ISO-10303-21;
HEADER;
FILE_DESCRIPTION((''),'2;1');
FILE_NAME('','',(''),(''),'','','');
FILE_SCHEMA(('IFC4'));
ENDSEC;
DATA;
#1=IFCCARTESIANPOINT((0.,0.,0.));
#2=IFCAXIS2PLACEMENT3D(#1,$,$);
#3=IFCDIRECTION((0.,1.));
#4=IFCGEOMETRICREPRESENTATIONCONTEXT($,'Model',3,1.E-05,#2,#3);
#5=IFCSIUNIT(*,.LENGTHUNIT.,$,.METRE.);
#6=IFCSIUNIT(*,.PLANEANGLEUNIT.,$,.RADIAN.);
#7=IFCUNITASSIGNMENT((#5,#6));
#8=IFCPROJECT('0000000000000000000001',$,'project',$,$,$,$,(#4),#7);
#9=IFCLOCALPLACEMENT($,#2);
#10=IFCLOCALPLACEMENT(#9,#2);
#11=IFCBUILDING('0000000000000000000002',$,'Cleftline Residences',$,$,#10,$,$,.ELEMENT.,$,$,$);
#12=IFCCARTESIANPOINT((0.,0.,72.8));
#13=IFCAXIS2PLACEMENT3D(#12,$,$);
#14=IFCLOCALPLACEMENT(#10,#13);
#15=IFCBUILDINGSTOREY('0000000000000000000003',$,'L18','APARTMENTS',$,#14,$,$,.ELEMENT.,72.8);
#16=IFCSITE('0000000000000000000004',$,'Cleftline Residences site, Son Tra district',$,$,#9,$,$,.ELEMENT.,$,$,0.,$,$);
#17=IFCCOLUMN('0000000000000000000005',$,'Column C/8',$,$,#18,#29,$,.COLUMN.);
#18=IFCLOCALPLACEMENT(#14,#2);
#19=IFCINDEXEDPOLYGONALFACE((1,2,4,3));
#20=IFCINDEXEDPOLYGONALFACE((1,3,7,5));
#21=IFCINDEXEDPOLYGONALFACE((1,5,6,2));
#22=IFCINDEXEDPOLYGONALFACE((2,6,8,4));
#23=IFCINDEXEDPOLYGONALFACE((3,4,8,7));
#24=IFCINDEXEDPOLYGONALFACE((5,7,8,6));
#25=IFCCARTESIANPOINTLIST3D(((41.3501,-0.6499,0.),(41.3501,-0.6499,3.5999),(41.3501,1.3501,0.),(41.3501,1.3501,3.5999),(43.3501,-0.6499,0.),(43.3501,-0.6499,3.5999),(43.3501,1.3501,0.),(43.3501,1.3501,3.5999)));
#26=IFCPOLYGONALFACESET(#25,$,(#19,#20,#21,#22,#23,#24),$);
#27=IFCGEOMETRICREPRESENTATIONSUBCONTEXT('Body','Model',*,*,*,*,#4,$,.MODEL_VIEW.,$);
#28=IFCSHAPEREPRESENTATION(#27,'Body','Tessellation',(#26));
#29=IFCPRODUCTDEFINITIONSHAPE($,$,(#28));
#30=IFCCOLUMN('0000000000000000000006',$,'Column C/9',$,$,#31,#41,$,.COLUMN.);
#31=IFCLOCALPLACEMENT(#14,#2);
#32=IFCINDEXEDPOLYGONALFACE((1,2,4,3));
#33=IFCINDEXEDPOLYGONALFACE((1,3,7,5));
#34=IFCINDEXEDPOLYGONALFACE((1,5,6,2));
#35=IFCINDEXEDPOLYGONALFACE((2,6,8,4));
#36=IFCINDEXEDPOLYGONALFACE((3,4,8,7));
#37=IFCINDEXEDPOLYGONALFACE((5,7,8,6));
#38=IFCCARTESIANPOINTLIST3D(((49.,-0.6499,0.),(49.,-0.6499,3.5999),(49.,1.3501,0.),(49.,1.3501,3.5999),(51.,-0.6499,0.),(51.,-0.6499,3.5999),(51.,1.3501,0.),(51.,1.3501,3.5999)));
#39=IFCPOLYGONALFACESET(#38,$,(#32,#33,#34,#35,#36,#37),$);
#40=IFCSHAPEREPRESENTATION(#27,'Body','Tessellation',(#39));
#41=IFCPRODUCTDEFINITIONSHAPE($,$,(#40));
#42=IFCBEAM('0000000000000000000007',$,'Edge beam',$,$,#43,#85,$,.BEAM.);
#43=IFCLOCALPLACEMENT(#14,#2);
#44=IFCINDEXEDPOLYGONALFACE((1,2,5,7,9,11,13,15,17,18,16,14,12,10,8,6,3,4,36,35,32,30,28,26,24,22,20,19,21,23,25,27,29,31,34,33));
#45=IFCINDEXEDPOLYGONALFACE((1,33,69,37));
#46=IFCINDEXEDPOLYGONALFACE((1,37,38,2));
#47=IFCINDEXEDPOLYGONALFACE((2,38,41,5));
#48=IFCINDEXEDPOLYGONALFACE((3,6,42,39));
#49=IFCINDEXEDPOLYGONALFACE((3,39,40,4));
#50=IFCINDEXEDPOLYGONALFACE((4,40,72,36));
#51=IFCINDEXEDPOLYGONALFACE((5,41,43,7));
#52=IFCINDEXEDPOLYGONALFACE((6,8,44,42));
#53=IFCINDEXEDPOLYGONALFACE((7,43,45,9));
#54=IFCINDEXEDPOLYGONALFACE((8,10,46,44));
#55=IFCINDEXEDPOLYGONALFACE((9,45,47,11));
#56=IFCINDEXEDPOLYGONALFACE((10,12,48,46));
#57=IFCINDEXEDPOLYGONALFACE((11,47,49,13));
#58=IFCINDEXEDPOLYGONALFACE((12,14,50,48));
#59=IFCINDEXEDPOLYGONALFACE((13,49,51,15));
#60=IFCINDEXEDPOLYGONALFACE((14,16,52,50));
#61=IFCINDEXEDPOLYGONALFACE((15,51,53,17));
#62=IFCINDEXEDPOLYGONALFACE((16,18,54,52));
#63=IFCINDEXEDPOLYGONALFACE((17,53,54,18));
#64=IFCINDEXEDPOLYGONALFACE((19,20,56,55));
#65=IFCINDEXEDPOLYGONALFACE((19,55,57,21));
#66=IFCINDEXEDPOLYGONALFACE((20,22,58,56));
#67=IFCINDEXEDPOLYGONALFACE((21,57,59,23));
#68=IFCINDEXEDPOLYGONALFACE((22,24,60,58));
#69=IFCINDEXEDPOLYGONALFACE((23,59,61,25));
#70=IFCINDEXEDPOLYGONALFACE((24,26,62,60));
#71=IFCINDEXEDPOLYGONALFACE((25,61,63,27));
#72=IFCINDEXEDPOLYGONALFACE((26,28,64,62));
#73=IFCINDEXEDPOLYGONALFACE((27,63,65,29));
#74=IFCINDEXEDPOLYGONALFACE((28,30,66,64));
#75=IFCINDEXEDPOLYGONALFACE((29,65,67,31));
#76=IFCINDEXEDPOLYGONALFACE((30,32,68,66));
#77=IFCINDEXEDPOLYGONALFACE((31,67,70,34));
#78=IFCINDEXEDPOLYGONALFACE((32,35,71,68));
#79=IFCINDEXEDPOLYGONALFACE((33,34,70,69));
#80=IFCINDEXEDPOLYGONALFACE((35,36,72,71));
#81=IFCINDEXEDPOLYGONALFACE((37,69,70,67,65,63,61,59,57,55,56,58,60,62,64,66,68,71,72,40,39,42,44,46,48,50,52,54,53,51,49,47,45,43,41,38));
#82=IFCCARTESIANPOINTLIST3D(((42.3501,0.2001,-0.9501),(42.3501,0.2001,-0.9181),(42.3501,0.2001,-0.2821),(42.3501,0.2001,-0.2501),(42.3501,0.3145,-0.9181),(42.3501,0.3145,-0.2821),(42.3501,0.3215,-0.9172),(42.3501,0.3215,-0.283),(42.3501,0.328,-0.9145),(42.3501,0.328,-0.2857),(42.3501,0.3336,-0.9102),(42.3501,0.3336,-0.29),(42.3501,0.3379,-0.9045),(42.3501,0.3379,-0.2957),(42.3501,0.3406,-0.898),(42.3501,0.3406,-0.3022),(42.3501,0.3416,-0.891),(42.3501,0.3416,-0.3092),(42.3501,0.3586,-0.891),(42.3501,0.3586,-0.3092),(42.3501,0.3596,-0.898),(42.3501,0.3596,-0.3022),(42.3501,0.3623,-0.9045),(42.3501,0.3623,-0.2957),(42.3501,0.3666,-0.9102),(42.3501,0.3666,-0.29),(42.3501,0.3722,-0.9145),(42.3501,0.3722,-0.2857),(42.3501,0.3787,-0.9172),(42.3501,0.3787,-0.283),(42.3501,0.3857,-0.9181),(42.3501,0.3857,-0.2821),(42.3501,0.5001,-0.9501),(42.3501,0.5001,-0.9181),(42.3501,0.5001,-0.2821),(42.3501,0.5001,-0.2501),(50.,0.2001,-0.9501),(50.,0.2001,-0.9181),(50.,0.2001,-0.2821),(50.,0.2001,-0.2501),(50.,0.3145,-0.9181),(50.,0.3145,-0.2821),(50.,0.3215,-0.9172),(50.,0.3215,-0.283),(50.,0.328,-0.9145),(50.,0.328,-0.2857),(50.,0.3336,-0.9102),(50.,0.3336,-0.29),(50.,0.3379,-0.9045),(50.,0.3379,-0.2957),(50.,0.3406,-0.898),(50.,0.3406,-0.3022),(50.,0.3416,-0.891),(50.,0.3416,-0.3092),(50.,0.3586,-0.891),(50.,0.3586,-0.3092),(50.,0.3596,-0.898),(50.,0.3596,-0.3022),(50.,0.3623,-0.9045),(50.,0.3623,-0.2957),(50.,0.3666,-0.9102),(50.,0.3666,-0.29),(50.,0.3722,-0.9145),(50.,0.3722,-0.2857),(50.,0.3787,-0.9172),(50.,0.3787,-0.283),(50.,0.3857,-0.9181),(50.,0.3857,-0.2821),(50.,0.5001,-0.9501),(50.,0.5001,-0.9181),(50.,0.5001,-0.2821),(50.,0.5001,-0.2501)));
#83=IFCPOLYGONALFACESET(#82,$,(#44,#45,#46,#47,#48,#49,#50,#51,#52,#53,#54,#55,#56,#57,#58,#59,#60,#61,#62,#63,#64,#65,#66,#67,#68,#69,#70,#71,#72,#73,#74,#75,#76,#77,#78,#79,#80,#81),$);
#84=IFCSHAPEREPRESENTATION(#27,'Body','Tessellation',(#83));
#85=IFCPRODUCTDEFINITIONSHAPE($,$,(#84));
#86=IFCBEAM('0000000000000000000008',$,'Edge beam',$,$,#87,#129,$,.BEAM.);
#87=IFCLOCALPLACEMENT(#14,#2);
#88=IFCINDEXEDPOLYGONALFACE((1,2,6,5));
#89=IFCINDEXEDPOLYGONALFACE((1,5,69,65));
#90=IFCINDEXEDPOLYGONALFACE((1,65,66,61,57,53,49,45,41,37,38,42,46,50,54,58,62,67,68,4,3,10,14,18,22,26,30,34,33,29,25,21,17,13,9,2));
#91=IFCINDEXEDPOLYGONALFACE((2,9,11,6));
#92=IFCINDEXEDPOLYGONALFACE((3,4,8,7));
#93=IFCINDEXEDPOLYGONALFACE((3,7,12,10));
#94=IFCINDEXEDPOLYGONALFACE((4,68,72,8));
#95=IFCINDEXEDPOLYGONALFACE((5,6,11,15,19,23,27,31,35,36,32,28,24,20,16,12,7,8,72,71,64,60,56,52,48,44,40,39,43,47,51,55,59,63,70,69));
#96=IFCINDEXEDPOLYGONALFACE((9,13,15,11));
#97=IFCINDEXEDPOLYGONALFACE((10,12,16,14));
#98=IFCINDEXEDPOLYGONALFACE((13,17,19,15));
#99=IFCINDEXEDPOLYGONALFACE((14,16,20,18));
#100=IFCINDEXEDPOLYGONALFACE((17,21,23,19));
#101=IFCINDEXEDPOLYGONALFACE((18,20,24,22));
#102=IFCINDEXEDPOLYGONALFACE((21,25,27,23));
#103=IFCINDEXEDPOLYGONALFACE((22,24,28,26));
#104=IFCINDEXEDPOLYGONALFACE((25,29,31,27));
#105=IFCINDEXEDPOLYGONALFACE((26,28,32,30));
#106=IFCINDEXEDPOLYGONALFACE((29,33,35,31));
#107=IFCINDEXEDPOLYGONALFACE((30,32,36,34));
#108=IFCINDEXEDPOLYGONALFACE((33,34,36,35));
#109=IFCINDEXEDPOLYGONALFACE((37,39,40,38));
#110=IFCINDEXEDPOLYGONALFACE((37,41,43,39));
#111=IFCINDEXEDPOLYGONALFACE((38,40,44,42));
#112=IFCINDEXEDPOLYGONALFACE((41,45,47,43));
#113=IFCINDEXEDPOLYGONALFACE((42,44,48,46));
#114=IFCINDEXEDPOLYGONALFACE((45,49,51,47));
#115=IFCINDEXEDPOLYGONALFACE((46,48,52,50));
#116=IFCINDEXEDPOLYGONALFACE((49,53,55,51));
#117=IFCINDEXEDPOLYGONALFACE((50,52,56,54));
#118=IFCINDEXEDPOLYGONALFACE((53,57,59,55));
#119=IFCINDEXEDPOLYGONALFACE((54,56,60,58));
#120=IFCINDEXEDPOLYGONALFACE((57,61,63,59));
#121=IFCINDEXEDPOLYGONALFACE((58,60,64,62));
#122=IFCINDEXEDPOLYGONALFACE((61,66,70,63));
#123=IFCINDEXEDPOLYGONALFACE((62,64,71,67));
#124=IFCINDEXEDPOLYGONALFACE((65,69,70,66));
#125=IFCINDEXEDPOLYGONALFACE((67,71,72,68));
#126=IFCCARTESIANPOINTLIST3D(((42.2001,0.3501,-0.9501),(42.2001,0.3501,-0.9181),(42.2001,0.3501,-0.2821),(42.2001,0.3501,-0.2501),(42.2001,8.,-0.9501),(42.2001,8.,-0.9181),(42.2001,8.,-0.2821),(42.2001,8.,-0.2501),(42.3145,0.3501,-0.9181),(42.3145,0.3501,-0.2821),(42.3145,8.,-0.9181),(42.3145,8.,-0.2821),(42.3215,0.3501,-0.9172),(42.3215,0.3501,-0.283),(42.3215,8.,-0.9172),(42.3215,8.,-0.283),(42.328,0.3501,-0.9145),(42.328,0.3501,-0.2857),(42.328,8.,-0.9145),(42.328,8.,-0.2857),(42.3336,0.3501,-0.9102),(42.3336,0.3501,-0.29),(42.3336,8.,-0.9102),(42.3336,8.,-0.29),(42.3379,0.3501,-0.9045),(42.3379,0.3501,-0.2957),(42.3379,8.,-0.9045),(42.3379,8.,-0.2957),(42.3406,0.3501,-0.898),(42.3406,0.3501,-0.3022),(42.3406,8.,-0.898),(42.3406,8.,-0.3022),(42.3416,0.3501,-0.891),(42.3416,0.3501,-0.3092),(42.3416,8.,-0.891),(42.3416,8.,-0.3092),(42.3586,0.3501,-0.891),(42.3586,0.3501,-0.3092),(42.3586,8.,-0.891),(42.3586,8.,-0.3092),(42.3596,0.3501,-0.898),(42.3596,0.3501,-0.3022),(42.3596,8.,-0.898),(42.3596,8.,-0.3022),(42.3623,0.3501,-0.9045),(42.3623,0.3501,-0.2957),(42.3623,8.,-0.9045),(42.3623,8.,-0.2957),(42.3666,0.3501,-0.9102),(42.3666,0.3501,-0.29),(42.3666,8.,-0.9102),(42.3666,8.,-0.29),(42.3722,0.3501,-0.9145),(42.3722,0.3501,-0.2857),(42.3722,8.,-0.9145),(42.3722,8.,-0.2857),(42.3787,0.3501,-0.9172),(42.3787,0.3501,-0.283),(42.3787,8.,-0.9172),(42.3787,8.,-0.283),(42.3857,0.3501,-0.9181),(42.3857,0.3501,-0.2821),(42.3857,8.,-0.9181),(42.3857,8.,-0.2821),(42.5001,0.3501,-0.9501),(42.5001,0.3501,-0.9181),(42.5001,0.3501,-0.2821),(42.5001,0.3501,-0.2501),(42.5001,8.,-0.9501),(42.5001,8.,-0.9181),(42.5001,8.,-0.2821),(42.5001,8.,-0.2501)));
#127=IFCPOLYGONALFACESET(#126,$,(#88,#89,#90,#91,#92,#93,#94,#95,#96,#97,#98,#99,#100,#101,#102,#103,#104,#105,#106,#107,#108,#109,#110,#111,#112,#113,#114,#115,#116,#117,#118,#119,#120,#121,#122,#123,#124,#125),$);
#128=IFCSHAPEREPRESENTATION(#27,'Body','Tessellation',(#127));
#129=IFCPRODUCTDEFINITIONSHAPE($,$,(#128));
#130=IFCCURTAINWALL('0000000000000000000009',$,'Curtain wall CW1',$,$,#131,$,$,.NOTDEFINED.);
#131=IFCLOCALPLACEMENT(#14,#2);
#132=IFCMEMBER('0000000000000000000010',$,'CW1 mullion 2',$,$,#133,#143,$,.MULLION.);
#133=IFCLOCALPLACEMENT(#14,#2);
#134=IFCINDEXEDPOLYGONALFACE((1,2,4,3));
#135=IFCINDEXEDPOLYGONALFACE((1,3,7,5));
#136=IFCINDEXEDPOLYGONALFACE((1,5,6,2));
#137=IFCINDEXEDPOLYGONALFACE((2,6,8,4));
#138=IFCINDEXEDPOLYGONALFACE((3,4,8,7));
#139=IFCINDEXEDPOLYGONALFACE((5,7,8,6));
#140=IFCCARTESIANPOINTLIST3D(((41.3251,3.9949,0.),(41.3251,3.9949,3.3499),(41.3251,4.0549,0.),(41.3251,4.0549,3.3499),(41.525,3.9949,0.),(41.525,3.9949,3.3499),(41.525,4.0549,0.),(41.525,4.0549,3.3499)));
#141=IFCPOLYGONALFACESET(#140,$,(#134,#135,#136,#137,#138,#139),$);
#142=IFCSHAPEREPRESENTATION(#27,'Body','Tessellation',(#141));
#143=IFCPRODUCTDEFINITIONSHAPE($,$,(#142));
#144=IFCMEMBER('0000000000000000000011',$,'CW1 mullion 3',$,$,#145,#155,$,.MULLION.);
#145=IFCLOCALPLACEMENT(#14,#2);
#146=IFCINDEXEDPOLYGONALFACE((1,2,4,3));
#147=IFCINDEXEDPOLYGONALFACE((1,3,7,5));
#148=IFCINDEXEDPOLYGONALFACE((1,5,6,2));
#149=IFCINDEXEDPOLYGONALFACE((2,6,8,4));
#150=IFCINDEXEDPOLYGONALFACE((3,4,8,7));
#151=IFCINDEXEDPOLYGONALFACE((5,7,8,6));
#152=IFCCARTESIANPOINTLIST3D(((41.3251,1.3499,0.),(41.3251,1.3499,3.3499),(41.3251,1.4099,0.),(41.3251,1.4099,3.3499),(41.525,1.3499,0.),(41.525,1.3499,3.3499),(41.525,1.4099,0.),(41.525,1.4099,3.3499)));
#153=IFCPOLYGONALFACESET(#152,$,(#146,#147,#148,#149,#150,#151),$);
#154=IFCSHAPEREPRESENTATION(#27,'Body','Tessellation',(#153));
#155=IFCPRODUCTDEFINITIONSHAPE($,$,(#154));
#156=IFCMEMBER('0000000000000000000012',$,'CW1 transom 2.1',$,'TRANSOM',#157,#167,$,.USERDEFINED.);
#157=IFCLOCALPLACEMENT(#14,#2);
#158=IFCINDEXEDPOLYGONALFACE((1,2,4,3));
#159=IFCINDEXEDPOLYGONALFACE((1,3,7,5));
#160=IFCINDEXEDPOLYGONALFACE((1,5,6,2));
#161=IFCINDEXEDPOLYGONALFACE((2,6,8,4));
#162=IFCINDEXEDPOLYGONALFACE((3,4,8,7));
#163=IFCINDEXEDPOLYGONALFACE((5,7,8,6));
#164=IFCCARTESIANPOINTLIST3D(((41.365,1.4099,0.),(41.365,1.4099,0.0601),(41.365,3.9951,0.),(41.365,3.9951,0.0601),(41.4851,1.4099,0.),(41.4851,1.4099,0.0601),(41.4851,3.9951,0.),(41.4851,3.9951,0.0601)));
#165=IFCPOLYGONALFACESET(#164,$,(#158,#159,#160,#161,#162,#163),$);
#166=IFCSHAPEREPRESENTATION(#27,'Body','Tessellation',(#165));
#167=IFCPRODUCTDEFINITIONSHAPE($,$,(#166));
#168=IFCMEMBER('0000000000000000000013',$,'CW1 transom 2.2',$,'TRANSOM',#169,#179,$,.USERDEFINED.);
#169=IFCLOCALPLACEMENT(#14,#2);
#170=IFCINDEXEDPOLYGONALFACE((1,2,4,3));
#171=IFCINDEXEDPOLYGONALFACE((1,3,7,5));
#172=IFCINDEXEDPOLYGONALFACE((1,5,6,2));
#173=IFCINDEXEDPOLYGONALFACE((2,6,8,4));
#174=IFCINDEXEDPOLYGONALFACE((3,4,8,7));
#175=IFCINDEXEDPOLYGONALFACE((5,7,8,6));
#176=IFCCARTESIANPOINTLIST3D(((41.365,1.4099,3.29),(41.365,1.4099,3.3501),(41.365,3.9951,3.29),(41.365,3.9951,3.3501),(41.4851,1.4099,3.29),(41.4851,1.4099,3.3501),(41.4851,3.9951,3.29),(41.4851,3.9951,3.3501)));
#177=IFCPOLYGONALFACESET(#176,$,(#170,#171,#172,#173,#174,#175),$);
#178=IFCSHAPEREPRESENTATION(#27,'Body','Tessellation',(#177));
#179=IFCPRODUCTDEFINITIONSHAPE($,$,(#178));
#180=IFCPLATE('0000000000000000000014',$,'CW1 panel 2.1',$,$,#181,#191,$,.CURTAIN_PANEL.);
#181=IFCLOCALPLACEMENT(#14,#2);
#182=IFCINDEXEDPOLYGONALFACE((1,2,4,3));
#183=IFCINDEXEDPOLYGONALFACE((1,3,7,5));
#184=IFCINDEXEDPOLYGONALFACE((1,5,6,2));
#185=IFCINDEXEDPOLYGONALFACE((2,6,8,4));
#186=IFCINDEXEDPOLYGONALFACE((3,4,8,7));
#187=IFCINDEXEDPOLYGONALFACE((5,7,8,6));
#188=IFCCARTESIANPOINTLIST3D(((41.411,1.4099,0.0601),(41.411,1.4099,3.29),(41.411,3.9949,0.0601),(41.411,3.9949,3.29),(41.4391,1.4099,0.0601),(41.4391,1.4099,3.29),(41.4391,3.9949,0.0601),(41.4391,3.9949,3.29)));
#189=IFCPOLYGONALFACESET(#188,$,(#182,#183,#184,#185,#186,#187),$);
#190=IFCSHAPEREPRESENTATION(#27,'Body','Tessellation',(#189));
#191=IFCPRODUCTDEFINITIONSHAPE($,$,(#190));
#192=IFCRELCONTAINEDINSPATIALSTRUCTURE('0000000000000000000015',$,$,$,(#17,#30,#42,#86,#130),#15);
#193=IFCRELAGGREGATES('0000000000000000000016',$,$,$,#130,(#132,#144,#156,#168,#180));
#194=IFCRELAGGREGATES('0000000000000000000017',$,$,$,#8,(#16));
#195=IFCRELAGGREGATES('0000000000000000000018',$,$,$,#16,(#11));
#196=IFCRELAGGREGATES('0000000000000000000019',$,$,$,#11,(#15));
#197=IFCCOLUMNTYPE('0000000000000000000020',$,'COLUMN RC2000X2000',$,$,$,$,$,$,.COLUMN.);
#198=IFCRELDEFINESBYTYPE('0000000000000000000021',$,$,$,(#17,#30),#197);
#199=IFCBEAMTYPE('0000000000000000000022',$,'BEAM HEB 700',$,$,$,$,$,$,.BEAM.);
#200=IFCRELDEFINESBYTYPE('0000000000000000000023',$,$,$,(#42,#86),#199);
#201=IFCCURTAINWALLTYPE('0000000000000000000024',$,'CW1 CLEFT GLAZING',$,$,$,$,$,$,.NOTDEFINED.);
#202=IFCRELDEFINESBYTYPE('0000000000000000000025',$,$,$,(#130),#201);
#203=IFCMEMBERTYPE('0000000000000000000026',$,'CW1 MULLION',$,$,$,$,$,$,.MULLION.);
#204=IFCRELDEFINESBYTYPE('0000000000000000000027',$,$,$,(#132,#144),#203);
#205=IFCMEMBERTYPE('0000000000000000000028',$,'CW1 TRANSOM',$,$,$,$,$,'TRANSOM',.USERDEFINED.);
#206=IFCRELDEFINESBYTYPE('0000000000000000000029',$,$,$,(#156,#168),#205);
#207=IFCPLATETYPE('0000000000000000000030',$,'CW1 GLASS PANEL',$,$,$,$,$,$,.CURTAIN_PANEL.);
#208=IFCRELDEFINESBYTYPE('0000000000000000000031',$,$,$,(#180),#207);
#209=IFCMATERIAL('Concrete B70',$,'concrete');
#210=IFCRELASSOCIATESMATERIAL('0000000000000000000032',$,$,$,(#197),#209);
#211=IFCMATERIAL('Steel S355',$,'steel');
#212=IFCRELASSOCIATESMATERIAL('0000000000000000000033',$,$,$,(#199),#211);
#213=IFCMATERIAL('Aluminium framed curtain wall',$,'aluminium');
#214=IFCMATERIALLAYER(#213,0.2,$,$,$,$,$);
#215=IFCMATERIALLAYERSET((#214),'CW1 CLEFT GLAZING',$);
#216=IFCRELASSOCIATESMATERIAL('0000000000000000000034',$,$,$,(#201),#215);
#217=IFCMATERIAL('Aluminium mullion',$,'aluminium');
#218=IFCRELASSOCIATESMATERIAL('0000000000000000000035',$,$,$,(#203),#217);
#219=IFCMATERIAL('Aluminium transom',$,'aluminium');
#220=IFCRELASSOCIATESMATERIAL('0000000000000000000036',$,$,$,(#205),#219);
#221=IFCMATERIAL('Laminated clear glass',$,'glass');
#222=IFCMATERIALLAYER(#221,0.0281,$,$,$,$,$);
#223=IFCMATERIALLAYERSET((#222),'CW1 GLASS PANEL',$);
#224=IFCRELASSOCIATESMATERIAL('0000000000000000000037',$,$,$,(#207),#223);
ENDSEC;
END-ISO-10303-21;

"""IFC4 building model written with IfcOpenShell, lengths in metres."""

from ifc_helpers import new_model, si_unit, direction, frame, origin, origin_2d, place, context, subcontext, project, spatial, rectangle, i_section, extrude, material, layer, layer_set, material_profile, profile_set, type_object, element, aggregate, save


model = new_model("IFC4")

# Units and contexts
model_context = context("Model", 3, precision=1e-05, world=origin(), true_north=direction((0.0, 1.0)))
body_context = subcontext(model_context, "Body", "Model", "MODEL_VIEW")
ifc_project = project(units=[si_unit("LENGTHUNIT", "METRE"), si_unit("PLANEANGLEUNIT", "RADIAN")], contexts=[model_context])

# Site, building, storey
site_placement = place(None, origin())
site = spatial("IfcSite", under=ifc_project, at=site_placement, Name="Cleftline Residences site, Son Tra district", CompositionType="ELEMENT", RefElevation=0.0)
building_placement = place(site_placement, origin())
building = spatial("IfcBuilding", under=site, at=building_placement, Name="Cleftline Residences", CompositionType="ELEMENT")
storey_placement = place(building_placement, frame((0.0, 0.0, 72.8)))
storey = spatial("IfcBuildingStorey", under=building, at=storey_placement, Name="L18", Description="APARTMENTS", CompositionType="ELEMENT", Elevation=72.8)

# Columns
ifc_material_1 = material(Name="Concrete B70", Category="concrete")
ifc_material_profile_1 = material_profile(ifc_material_1, rectangle(XDim=2.0, YDim=2.0, at=origin_2d()))
ifc_profile_set_1 = profile_set([ifc_material_profile_1], Name="Concrete B70")
column_type = type_object("IfcColumnType", Name="COLUMN RC2000X2000", PredefinedType="COLUMN", material=ifc_profile_set_1)
for number, where, z_axis, x_axis, name in (
    (1, (42.3501, 0.3501, 0.0), (0.0, 0.0, 1.0), (1.0, 0.0, 0.0), "Column C/8"),
    (2, (50.0, 0.3501, 0.0), (0.0, 0.0, 1.0), (1.0, 0.0, 0.0), "Column C/9"),
):
    element("IfcColumn", number, at=place(storey_placement, frame(where, z_axis=z_axis, x_axis=x_axis)), inside=storey, type_object=column_type, Name=name, PredefinedType="COLUMN", context=body_context, shape_type="SweptSolid", body=[
        extrude(rectangle(XDim=2.0, YDim=2.0, at=origin_2d()), origin(), (0.0, 0.0, 1.0), 3.5999),
    ])

# Beams
ifc_material_2 = material(Name="Steel S355", Category="steel")
ifc_material_profile_2 = material_profile(ifc_material_2, i_section(OverallWidth=0.3, OverallDepth=0.7, WebThickness=0.0171, FlangeThickness=0.032, FilletRadius=0.0271, at=origin_2d()))
ifc_profile_set_2 = profile_set([ifc_material_profile_2], Name="Steel S355")
beam_type = type_object("IfcBeamType", Name="BEAM HEB 700", PredefinedType="BEAM", material=ifc_profile_set_2)
for number, where, z_axis, x_axis, name in (
    (3, (50.0, 0.3501, -0.6001), (-1.0, 0.0, 0.0), (0.0, -1.0, 0.0), "Edge beam"),
    (4, (42.3501, 0.3501, -0.6001), (0.0, 1.0, 0.0), (-1.0, 0.0, 0.0), "Edge beam"),
):
    element("IfcBeam", number, at=place(storey_placement, frame(where, z_axis=z_axis, x_axis=x_axis)), inside=storey, type_object=beam_type, Name=name, PredefinedType="BEAM", context=body_context, shape_type="SweptSolid", body=[
        extrude(i_section(OverallWidth=0.3, OverallDepth=0.7, WebThickness=0.0171, FlangeThickness=0.032, FilletRadius=0.0271, at=origin_2d()), origin(), (0.0, 0.0, 1.0), 7.6499),
    ])

# Curtain wall, members, plate
ifc_material_3 = material(Name="Aluminium framed curtain wall", Category="aluminium")
ifc_layer_1 = layer(ifc_material_3, 0.2)
ifc_layer_set_1 = layer_set([ifc_layer_1], Name="CW1 CLEFT GLAZING")
curtain_wall_type = type_object("IfcCurtainWallType", Name="CW1 CLEFT GLAZING", PredefinedType="NOTDEFINED", material=ifc_layer_set_1)
curtain_wall_placement = place(storey_placement, origin())
curtain_wall = element("IfcCurtainWall", 5, at=curtain_wall_placement, inside=storey, type_object=curtain_wall_type, Name="Curtain wall CW1", PredefinedType="NOTDEFINED")
ifc_material_4 = material(Name="Aluminium mullion", Category="aluminium")
ifc_material_profile_3 = material_profile(ifc_material_4, rectangle(XDim=0.2, YDim=0.0601, at=origin_2d()))
ifc_profile_set_3 = profile_set([ifc_material_profile_3], Name="Aluminium mullion")
member_type_1 = type_object("IfcMemberType", Name="CW1 MULLION", PredefinedType="MULLION", material=ifc_profile_set_3)
member_1_placement = place(storey_placement, frame((41.425, 4.0249, 0.0), z_axis=(0.0, 0.0, 1.0), x_axis=(1.0, 0.0, 0.0)))
member_1 = element("IfcMember", 6, at=member_1_placement, type_object=member_type_1, Name="CW1 mullion 2", PredefinedType="MULLION", context=body_context, shape_type="SweptSolid", body=[
    extrude(rectangle(XDim=0.2, YDim=0.0601, at=origin_2d()), origin(), (0.0, 0.0, 1.0), 3.3499),
])
member_2_placement = place(storey_placement, frame((41.425, 1.3799, 0.0), z_axis=(0.0, 0.0, 1.0), x_axis=(1.0, 0.0, 0.0)))
member_2 = element("IfcMember", 7, at=member_2_placement, type_object=member_type_1, Name="CW1 mullion 3", PredefinedType="MULLION", context=body_context, shape_type="SweptSolid", body=[
    extrude(rectangle(XDim=0.2, YDim=0.0601, at=origin_2d()), origin(), (0.0, 0.0, 1.0), 3.3499),
])
ifc_material_5 = material(Name="Aluminium transom", Category="aluminium")
ifc_material_profile_4 = material_profile(ifc_material_5, rectangle(XDim=0.1201, YDim=0.0601, at=origin_2d()))
ifc_profile_set_4 = profile_set([ifc_material_profile_4], Name="Aluminium transom")
member_type_2 = type_object("IfcMemberType", Name="CW1 TRANSOM", ElementType="TRANSOM", PredefinedType="USERDEFINED", material=ifc_profile_set_4)
member_3_placement = place(storey_placement, frame((41.425, 3.9951, 0.03), z_axis=(0.0, -1.0, 0.0), x_axis=(1.0, 0.0, 0.0)))
member_3 = element("IfcMember", 8, at=member_3_placement, type_object=member_type_2, Name="CW1 transom 2.1", ObjectType="TRANSOM", PredefinedType="USERDEFINED", context=body_context, shape_type="SweptSolid", body=[
    extrude(rectangle(XDim=0.1201, YDim=0.0601, at=origin_2d()), origin(), (0.0, 0.0, 1.0), 2.5852),
])
member_4_placement = place(storey_placement, frame((41.425, 3.9951, 3.3201), z_axis=(0.0, -1.0, 0.0), x_axis=(1.0, 0.0, 0.0)))
member_4 = element("IfcMember", 9, at=member_4_placement, type_object=member_type_2, Name="CW1 transom 2.2", ObjectType="TRANSOM", PredefinedType="USERDEFINED", context=body_context, shape_type="SweptSolid", body=[
    extrude(rectangle(XDim=0.1201, YDim=0.0601, at=origin_2d()), origin(), (0.0, 0.0, 1.0), 2.5852),
])
ifc_material_6 = material(Name="Laminated clear glass", Category="glass")
ifc_layer_2 = layer(ifc_material_6, 0.0281)
ifc_layer_set_2 = layer_set([ifc_layer_2], Name="CW1 GLASS PANEL")
plate_type = type_object("IfcPlateType", Name="CW1 GLASS PANEL", PredefinedType="CURTAIN_PANEL", material=ifc_layer_set_2)
plate_placement = place(storey_placement, frame((41.425, 2.7024, 0.0601), z_axis=(0.0, 0.0, 1.0), x_axis=(0.0, -1.0, 0.0)))
plate = element("IfcPlate", 10, at=plate_placement, type_object=plate_type, Name="CW1 panel 2.1", PredefinedType="CURTAIN_PANEL", context=body_context, shape_type="SweptSolid", body=[
    extrude(rectangle(XDim=2.585, YDim=0.0281, at=origin_2d()), origin(), (0.0, 0.0, 1.0), 3.23),
])
aggregate(curtain_wall, [member_1, member_2, member_3, member_4, plate])

save(model, "model.ifc")
